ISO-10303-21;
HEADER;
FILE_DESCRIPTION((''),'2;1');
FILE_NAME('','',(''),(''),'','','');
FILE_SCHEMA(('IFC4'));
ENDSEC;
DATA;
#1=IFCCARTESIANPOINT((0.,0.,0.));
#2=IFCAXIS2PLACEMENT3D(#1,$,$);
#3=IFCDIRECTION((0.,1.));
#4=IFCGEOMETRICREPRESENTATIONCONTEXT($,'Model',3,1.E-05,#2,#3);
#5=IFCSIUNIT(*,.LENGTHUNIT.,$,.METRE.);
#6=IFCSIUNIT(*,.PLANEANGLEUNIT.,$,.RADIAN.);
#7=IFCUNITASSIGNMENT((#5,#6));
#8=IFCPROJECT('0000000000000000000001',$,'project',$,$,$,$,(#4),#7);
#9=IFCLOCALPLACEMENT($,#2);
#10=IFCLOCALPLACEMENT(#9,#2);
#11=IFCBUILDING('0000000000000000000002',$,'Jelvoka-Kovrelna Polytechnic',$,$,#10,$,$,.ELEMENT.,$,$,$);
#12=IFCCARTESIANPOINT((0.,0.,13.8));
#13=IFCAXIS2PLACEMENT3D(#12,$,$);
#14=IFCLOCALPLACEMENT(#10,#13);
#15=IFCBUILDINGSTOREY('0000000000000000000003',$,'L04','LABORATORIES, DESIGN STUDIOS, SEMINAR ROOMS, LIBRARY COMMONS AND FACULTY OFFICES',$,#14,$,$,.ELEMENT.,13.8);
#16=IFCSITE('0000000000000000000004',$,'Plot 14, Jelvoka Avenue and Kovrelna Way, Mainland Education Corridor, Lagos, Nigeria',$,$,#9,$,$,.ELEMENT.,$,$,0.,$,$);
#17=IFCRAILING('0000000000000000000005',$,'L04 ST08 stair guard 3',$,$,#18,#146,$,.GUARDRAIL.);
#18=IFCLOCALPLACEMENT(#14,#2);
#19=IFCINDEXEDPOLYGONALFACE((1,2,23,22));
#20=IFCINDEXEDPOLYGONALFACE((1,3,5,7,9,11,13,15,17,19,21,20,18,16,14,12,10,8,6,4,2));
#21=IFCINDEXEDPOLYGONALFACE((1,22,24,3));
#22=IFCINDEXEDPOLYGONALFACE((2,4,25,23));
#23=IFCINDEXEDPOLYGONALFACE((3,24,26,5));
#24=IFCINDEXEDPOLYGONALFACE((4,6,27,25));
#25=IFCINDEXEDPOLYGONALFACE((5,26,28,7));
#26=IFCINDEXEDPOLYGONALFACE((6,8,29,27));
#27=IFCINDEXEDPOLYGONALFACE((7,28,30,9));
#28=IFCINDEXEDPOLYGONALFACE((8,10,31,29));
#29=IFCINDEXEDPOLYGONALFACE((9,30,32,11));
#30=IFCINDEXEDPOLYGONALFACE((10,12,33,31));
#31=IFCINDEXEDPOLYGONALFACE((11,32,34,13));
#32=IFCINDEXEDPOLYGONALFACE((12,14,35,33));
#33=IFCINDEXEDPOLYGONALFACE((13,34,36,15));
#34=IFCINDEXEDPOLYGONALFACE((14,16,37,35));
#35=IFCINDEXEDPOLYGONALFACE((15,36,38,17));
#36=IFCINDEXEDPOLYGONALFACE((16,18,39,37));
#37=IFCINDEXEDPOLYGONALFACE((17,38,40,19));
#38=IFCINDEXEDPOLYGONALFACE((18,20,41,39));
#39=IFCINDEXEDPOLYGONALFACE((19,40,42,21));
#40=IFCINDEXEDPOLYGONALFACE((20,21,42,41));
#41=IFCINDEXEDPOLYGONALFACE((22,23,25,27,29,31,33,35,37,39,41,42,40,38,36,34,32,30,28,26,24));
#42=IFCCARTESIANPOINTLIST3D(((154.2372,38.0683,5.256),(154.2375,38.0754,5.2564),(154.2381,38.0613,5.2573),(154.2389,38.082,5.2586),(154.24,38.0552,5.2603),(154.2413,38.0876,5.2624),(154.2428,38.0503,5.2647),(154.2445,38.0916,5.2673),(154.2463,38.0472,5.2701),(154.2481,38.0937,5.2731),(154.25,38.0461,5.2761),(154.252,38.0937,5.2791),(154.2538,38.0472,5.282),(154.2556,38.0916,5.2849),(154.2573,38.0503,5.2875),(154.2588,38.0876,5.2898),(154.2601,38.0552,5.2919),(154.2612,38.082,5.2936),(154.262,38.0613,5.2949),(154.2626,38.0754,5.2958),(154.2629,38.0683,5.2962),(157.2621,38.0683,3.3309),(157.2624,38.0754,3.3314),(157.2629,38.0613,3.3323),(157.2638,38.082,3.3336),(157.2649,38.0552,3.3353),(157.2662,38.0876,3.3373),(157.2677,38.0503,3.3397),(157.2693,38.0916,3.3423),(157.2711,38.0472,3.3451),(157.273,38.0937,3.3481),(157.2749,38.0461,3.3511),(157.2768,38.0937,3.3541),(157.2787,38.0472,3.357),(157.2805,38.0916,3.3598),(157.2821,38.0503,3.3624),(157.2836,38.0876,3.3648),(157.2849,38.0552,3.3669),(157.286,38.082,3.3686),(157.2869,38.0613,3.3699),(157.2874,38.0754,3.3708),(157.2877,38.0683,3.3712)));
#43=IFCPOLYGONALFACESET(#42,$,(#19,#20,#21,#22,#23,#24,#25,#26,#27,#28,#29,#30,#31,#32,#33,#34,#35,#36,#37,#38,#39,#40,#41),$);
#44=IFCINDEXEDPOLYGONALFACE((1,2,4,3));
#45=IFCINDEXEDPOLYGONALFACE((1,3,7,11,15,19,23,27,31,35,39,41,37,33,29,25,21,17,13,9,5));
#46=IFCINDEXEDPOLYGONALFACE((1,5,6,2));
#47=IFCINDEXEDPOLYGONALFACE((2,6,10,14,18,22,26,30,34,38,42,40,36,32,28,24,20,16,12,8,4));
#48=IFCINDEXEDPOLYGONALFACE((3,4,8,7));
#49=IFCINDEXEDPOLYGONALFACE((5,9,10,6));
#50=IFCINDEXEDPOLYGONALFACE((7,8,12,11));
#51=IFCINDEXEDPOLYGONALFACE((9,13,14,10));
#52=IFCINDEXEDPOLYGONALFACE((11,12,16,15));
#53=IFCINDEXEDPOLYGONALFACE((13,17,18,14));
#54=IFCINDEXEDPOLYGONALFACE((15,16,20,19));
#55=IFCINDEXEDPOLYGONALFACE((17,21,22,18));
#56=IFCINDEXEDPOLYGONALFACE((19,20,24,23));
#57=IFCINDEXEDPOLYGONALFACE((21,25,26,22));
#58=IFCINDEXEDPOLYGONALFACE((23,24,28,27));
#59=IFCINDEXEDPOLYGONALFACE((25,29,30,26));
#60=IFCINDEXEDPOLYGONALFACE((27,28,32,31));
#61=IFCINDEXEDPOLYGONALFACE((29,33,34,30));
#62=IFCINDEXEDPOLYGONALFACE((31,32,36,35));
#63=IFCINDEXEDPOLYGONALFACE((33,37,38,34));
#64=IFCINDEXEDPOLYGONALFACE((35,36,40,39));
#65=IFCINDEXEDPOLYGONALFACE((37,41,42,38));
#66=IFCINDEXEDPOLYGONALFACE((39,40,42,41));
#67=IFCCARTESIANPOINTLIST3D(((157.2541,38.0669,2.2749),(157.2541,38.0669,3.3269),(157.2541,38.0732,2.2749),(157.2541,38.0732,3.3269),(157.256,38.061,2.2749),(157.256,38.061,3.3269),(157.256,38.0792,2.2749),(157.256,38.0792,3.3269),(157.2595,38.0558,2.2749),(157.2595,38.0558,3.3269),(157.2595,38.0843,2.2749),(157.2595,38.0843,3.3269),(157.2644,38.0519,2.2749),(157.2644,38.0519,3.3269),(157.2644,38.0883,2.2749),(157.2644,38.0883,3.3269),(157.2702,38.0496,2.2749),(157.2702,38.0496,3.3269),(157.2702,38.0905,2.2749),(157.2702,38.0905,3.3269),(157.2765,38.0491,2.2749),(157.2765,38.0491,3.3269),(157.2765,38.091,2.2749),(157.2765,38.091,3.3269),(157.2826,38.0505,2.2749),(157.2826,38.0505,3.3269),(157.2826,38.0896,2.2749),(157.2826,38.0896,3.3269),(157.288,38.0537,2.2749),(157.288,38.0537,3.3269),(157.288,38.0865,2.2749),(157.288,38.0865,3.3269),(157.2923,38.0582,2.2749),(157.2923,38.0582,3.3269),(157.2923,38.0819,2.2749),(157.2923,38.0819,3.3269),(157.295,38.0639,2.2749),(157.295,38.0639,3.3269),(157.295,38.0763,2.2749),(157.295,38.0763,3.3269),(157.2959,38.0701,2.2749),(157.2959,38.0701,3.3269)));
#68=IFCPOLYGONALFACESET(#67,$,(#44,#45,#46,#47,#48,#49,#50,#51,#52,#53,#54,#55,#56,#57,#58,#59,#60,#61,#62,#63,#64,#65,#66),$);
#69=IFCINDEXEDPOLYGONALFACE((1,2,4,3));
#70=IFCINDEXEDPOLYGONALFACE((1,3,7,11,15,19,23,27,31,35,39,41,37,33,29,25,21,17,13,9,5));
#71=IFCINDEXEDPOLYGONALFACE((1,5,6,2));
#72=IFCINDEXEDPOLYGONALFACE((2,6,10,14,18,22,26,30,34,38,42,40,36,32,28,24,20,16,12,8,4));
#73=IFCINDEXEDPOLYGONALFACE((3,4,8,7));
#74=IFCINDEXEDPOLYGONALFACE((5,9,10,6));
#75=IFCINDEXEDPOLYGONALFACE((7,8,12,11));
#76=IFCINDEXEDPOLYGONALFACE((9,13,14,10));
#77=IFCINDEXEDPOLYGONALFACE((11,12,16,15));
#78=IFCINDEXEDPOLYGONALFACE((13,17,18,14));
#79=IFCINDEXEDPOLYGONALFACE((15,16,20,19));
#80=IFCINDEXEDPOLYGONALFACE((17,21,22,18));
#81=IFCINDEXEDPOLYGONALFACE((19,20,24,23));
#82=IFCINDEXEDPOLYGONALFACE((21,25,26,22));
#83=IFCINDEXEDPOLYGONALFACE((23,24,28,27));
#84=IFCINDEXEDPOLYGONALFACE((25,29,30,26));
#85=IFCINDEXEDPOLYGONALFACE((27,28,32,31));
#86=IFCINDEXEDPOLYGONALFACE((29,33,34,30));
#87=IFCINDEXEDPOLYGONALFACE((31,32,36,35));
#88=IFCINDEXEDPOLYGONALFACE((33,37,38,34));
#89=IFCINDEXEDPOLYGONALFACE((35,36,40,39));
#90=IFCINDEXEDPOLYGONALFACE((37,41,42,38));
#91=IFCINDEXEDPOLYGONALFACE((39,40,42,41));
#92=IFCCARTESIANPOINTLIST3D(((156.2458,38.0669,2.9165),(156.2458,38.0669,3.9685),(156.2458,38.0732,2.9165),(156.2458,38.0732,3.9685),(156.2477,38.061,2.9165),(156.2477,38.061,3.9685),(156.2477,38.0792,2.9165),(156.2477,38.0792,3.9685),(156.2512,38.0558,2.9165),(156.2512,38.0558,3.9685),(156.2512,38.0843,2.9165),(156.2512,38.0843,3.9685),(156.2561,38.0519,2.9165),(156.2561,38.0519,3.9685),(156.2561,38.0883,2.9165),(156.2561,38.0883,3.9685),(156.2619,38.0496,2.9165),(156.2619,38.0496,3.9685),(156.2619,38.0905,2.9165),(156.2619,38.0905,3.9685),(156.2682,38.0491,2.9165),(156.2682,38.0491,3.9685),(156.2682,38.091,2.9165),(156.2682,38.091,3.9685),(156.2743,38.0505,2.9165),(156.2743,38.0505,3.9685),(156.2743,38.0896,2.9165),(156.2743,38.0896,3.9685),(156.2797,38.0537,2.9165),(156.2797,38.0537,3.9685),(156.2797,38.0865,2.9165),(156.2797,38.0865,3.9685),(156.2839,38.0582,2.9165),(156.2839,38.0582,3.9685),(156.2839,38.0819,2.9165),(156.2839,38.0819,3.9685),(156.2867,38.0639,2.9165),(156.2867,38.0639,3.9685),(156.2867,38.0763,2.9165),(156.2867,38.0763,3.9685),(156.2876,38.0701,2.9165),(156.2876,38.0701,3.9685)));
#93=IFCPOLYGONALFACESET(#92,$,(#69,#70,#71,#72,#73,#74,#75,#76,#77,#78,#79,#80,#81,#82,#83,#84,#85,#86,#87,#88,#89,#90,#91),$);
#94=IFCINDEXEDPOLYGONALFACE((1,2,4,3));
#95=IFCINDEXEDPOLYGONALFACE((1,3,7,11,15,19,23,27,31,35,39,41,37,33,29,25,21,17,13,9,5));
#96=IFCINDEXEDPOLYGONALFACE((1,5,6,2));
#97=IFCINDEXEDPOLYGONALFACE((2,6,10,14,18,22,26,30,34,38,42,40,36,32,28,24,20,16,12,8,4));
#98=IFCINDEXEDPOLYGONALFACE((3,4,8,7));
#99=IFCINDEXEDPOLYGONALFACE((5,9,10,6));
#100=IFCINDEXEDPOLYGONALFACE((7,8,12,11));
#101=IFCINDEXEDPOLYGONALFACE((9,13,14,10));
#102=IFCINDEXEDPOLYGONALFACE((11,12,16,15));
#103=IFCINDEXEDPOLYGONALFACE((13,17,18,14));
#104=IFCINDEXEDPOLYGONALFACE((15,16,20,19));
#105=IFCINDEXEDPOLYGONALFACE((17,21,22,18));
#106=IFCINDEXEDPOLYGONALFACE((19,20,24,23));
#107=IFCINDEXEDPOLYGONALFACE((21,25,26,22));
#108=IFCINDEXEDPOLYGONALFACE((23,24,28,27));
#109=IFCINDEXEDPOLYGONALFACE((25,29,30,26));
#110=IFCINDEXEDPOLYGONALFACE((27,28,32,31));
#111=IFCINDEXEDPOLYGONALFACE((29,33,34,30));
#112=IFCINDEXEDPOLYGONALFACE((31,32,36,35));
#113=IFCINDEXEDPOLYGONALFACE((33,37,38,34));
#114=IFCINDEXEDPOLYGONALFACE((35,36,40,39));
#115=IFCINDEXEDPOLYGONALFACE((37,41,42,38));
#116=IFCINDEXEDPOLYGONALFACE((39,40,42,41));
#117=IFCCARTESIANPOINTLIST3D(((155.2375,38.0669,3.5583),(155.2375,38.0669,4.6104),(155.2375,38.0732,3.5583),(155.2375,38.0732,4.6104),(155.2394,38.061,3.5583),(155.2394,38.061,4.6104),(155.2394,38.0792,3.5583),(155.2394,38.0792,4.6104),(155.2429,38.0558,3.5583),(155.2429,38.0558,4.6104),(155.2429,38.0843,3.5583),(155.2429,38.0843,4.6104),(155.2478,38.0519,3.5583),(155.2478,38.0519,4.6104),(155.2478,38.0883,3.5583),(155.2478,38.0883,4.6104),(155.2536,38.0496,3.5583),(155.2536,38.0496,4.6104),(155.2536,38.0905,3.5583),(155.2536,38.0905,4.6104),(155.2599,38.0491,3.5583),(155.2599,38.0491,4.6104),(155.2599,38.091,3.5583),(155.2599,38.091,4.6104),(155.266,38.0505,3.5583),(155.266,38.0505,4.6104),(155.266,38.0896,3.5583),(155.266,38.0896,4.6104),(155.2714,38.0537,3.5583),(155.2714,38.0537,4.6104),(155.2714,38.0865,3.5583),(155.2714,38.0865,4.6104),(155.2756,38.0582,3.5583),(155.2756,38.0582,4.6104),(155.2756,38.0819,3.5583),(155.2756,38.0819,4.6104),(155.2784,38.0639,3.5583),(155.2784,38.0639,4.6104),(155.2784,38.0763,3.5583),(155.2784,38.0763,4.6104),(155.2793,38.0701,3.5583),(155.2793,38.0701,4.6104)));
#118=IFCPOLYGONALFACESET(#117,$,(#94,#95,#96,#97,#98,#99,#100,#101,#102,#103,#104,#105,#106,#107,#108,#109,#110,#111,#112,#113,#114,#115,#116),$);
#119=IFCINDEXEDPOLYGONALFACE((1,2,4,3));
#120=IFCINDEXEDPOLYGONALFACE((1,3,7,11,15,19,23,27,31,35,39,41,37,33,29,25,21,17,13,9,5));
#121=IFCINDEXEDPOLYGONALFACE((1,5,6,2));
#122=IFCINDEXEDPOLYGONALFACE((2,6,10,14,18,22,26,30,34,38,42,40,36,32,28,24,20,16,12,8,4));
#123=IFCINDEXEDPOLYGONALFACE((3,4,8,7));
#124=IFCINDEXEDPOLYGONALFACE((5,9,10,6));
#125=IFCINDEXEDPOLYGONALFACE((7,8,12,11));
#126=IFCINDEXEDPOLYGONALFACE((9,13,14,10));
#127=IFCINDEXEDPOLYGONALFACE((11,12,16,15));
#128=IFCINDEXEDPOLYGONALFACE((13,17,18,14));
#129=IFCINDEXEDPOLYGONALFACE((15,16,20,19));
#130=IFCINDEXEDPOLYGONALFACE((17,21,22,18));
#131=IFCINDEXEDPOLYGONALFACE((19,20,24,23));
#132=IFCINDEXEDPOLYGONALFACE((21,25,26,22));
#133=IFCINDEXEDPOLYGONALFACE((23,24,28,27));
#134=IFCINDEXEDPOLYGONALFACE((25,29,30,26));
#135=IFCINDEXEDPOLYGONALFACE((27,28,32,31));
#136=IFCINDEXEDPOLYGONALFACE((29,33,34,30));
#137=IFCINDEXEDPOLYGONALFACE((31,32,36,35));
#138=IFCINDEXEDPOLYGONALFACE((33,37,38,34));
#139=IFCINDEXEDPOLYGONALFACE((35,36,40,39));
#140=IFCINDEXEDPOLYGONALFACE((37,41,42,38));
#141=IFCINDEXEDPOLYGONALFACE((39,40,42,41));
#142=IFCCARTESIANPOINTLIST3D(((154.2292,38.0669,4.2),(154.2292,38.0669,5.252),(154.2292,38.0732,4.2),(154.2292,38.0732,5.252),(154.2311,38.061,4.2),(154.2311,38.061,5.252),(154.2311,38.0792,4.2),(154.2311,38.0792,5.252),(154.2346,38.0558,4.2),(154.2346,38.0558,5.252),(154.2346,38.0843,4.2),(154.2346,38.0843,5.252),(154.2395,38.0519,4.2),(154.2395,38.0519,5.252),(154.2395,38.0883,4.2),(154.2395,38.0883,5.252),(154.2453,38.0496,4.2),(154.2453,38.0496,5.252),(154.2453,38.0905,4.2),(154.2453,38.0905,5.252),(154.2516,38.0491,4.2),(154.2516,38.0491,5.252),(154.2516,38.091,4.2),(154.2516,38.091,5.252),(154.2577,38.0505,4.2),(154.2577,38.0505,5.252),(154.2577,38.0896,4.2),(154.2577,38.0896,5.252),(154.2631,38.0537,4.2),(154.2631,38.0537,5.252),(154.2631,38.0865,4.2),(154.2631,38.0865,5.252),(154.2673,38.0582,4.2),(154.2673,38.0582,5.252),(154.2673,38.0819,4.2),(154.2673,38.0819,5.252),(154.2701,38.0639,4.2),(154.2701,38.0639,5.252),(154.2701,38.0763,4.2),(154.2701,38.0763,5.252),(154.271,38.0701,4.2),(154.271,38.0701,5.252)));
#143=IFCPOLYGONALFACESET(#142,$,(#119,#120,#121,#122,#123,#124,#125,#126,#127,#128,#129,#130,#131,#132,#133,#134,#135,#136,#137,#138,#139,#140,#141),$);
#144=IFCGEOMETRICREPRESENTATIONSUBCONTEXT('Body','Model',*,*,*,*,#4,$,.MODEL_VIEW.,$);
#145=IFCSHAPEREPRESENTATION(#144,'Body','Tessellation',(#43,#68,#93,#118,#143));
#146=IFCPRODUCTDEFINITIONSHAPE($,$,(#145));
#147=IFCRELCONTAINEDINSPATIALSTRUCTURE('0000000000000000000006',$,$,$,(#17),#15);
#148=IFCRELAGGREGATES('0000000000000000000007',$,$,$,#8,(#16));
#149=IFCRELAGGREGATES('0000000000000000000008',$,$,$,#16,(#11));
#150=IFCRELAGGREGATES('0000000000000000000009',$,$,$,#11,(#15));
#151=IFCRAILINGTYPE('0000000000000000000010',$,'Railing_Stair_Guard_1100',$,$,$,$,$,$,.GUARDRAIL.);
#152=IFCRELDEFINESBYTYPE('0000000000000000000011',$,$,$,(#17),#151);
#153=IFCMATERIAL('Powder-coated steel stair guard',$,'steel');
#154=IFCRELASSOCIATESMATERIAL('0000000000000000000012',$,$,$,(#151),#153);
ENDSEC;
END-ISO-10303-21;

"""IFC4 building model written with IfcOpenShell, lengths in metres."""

from ifc_helpers import new_model, si_unit, direction, frame, origin, origin_2d, place, context, subcontext, project, spatial, circle, extrude, material, type_object, element, save


model = new_model("IFC4")

# Units and contexts
model_context = context("Model", 3, precision=1e-05, world=origin(), true_north=direction((0.0, 1.0)))
body_context = subcontext(model_context, "Body", "Model", "MODEL_VIEW")
ifc_project = project(units=[si_unit("LENGTHUNIT", "METRE"), si_unit("PLANEANGLEUNIT", "RADIAN")], contexts=[model_context])

# Site, building, storey
site_placement = place(None, origin())
site = spatial("IfcSite", under=ifc_project, at=site_placement, Name="Plot 14, Jelvoka Avenue and Kovrelna Way, Mainland Education Corridor, Lagos, Nigeria", CompositionType="ELEMENT", RefElevation=0.0)
building_placement = place(site_placement, origin())
building = spatial("IfcBuilding", under=site, at=building_placement, Name="Jelvoka-Kovrelna Polytechnic", CompositionType="ELEMENT")
storey_placement = place(building_placement, frame((0.0, 0.0, 13.8)))
storey = spatial("IfcBuildingStorey", under=building, at=storey_placement, Name="L04", Description="LABORATORIES, DESIGN STUDIOS, SEMINAR ROOMS, LIBRARY COMMONS AND FACULTY OFFICES", CompositionType="ELEMENT", Elevation=13.8)

# Railing
ifc_material_1 = material(Name="Powder-coated steel stair guard", Category="steel")
railing_type_1 = type_object("IfcRailingType", Name="Railing_Stair_Guard_1100", PredefinedType="GUARDRAIL", material=ifc_material_1)
railing_1_placement = place(storey_placement, frame((157.2749, 38.0701, 2.2749)))
element("IfcRailing", 1, at=railing_1_placement, inside=storey, type_object=railing_type_1, Name="L04 ST08 stair guard 3", PredefinedType="GUARDRAIL", context=body_context, shape_type="SweptSolid", body=[
    extrude(circle(Radius=0.0239, at=origin_2d()), frame((0.0, 0.0, 1.0762), z_axis=(-0.843647, 0.0, 0.536898), x_axis=(0.0, -1.0, 0.0)), (0.0, 0.0, 1.0), 3.5854),
    extrude(circle(Radius=0.021, at=origin_2d()), origin(), (0.0, 0.0, 1.0), 1.052),
    extrude(circle(Radius=0.021, at=origin_2d()), frame((-1.0083, 0.0, 0.6416)), (0.0, 0.0, 1.0), 1.052),
    extrude(circle(Radius=0.021, at=origin_2d()), frame((-2.0166, 0.0, 1.2834)), (0.0, 0.0, 1.0), 1.052),
    extrude(circle(Radius=0.021, at=origin_2d()), frame((-3.0249, 0.0, 1.925)), (0.0, 0.0, 1.0), 1.052),
])

save(model, "model.ifc")
